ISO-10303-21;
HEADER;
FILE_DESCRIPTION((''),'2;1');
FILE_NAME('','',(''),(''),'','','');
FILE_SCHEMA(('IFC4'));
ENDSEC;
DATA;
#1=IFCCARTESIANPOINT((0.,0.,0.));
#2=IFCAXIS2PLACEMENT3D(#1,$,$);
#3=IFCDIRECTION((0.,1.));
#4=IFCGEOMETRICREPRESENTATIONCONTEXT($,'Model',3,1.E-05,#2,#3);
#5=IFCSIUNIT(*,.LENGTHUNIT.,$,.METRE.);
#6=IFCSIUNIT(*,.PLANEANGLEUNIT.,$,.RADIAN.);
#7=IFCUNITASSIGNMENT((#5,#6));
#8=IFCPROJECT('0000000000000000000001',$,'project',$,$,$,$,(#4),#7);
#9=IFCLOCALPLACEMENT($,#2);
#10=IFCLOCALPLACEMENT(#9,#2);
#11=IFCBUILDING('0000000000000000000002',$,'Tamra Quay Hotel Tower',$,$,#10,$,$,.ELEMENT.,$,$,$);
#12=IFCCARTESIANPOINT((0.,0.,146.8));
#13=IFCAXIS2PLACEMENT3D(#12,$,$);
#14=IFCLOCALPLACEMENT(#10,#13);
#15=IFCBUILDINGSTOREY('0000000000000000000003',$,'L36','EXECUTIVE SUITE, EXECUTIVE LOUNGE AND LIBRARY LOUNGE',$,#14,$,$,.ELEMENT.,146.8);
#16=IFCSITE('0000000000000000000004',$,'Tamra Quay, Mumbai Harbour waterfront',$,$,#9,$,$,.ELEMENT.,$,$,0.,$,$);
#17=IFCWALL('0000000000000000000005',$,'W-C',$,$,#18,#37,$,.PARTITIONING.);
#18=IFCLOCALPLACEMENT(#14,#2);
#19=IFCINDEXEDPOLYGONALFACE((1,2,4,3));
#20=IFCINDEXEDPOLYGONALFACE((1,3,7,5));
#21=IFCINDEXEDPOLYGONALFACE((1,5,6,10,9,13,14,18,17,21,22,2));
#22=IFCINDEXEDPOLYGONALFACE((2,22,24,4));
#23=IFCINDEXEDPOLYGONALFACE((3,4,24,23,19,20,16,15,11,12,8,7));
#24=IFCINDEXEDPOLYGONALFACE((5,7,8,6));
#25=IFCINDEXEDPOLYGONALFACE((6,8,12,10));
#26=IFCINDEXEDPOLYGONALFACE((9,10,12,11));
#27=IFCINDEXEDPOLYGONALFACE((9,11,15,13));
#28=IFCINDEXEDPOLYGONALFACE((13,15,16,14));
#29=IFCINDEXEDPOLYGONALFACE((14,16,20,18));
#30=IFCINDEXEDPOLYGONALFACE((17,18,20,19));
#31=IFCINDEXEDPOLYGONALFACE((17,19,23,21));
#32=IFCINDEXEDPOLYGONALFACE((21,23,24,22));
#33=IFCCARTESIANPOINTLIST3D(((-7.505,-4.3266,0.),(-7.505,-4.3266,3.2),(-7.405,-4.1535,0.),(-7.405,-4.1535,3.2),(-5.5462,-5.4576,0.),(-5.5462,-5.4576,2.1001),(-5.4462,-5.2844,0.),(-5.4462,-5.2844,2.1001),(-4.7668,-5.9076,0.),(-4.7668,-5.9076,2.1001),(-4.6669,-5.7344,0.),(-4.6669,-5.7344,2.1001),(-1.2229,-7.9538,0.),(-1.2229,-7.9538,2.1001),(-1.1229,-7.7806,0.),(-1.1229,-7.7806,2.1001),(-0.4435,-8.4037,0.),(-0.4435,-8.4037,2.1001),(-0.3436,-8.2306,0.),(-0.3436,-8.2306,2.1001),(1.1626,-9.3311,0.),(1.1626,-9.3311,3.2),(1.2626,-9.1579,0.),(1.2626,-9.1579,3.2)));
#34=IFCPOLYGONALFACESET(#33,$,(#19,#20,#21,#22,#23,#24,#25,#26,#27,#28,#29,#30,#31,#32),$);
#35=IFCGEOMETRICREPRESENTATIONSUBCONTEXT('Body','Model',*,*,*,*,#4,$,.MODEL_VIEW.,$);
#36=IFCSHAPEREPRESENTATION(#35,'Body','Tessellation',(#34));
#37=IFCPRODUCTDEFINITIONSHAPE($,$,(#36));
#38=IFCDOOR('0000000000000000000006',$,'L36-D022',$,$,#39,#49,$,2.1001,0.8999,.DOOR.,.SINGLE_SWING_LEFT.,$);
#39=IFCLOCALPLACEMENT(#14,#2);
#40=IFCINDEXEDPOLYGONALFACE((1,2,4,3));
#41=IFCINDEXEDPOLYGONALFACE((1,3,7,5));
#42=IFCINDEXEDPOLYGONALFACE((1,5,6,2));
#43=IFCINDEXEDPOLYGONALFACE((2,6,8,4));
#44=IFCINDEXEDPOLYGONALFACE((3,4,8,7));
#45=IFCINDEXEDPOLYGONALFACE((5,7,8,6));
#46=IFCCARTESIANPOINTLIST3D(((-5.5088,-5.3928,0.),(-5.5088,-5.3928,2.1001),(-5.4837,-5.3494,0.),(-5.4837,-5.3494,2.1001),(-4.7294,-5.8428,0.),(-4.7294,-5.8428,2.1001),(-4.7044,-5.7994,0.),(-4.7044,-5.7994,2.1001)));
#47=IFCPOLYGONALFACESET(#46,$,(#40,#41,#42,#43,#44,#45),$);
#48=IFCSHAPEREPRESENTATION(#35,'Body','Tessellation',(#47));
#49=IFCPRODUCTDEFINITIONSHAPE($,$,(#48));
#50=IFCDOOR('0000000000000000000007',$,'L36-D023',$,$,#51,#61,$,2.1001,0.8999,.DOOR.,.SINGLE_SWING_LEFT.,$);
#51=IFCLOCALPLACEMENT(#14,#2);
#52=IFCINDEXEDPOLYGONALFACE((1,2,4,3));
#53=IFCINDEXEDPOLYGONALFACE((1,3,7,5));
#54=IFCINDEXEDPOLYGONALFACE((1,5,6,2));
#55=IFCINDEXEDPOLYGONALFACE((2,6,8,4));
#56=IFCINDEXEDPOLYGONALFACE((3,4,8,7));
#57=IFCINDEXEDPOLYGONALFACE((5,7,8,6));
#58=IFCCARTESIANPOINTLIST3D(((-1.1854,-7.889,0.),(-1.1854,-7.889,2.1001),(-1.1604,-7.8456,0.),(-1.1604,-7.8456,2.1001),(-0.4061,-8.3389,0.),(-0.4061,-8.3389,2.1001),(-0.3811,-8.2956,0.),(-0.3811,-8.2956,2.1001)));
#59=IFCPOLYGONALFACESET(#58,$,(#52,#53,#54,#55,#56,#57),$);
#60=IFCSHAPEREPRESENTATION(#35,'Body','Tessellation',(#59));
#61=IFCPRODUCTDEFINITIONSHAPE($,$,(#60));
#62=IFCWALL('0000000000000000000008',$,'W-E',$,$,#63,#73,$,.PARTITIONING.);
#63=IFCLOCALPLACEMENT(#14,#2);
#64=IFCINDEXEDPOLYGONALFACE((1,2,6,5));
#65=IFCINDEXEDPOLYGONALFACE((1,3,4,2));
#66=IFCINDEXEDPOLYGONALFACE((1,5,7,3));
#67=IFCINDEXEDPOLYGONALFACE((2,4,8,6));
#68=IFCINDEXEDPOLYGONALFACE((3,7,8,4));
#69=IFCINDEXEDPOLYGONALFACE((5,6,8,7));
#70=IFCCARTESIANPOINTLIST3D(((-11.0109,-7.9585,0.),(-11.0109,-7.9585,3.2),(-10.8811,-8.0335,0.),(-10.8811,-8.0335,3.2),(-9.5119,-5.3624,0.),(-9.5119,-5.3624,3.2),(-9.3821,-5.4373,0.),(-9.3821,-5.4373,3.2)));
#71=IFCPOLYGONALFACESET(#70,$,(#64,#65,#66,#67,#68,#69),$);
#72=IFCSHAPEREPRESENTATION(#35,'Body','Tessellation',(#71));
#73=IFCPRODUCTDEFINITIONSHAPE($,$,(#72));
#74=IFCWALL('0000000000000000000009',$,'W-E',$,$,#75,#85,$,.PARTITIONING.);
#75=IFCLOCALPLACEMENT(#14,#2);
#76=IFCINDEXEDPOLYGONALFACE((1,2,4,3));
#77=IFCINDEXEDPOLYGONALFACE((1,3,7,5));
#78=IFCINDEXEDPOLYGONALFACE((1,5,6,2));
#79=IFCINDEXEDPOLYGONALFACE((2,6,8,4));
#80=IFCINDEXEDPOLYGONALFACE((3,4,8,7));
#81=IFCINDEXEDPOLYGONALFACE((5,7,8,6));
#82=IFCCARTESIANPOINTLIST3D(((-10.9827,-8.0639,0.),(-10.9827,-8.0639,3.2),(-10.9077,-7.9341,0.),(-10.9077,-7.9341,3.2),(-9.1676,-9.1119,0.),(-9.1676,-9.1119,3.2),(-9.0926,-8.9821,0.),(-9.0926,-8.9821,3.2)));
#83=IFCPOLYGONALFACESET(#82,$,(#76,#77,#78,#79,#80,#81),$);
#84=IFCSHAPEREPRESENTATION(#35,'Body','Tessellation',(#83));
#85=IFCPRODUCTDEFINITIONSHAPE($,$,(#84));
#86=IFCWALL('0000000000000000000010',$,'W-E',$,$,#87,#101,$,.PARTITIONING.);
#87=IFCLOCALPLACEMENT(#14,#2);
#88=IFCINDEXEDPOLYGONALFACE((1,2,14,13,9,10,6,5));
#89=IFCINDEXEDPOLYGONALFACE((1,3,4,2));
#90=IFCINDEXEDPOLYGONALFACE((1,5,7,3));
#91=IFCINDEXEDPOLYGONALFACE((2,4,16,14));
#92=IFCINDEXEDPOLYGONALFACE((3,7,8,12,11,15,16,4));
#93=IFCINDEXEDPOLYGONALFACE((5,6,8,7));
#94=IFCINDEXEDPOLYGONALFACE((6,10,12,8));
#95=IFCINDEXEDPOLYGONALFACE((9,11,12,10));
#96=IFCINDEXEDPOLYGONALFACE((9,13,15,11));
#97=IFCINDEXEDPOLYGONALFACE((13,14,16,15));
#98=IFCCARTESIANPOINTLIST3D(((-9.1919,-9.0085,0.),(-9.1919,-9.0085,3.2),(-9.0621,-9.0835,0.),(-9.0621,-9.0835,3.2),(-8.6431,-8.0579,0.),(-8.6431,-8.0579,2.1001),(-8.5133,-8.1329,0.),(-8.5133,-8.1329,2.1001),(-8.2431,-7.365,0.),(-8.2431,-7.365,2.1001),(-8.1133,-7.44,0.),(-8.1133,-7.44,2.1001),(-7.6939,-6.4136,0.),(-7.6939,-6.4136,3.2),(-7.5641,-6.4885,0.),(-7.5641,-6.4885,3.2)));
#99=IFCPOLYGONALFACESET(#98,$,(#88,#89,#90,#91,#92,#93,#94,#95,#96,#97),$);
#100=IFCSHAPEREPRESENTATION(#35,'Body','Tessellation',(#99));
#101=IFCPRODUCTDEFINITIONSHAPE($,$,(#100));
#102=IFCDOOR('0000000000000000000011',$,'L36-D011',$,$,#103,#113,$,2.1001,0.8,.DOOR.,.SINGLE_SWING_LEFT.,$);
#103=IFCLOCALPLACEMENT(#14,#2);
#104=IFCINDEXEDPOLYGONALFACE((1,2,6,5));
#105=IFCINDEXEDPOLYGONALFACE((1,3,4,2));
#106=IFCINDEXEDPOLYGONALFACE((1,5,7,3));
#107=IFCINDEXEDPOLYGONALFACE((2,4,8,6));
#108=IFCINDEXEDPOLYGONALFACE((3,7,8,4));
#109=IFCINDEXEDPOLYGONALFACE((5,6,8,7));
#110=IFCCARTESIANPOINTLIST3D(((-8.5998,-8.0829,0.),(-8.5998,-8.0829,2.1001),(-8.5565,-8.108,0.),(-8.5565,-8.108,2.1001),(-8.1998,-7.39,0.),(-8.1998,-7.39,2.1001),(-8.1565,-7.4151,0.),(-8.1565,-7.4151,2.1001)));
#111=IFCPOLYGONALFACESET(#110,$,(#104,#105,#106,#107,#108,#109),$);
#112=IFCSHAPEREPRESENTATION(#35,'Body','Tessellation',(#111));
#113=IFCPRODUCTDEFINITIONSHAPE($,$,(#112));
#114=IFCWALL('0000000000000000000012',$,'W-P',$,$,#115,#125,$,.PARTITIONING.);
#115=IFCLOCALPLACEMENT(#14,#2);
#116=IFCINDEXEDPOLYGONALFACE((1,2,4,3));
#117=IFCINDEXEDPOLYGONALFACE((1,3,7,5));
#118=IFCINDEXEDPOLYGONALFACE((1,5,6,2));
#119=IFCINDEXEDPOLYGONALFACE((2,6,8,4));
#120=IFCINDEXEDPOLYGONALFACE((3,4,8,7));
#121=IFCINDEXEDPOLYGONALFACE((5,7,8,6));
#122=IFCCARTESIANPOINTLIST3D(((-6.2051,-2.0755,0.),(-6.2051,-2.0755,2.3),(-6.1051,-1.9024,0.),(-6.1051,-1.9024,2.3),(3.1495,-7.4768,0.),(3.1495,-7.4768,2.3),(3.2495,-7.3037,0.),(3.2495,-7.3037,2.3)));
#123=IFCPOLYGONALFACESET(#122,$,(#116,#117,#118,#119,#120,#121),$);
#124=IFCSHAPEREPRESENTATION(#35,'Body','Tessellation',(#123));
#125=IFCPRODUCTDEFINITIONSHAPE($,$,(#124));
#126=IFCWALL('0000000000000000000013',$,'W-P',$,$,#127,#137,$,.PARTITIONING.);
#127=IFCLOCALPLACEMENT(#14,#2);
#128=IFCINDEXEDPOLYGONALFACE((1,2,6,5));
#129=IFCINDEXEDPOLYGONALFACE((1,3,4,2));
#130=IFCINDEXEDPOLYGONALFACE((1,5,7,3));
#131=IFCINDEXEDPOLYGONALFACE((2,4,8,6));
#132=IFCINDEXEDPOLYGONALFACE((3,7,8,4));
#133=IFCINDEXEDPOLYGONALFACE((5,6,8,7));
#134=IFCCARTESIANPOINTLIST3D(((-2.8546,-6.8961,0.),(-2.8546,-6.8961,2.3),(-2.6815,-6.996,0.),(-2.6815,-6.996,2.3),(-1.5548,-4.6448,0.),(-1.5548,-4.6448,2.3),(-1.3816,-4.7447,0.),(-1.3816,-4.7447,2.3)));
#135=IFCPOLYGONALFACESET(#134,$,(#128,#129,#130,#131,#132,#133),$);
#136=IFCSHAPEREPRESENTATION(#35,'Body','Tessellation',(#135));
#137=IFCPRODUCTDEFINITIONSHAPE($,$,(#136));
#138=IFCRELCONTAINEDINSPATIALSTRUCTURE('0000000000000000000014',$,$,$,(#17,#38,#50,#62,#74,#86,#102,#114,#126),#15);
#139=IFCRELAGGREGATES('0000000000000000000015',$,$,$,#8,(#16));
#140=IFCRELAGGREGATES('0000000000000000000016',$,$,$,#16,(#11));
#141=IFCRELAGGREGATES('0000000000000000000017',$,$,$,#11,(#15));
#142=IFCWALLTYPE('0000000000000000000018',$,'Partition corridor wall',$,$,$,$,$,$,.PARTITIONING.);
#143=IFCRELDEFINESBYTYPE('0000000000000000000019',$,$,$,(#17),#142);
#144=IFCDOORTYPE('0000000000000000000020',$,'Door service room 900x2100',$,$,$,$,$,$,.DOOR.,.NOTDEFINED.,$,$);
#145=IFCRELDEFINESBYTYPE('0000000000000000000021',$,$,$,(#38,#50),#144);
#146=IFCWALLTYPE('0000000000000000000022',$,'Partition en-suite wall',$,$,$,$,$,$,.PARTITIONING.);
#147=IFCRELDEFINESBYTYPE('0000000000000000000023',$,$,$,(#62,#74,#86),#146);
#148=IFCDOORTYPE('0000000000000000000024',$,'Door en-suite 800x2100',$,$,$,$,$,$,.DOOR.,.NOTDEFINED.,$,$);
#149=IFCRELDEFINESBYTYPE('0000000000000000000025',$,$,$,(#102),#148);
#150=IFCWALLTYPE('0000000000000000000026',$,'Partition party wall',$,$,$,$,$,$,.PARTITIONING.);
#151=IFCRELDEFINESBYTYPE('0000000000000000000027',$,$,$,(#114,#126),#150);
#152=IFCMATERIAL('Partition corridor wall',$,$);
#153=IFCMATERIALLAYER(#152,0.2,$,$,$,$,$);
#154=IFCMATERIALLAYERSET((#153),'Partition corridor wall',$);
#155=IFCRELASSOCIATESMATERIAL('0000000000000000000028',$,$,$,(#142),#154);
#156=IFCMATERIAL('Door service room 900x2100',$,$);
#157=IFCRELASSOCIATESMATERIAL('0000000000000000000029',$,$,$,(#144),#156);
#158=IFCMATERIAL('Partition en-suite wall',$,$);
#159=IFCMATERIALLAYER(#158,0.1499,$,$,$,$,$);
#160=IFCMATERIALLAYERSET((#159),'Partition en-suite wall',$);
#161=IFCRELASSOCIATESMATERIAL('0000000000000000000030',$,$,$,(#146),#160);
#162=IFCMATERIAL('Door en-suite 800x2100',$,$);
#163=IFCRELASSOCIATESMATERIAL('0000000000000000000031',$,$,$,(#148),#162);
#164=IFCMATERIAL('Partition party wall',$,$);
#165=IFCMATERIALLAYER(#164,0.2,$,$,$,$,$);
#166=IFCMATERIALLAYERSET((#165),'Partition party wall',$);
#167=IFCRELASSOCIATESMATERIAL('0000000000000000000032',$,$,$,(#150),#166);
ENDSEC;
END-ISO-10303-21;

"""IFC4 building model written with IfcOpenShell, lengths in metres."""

from ifc_helpers import new_model, si_unit, direction, frame, frame_2d, origin, place, context, subcontext, project, spatial, rectangle, extrude, material, layer, layer_set, type_object, element, fill, save


model = new_model("IFC4")

# Units and contexts
model_context = context("Model", 3, precision=1e-05, world=origin(), true_north=direction((0.0, 1.0)))
body_context = subcontext(model_context, "Body", "Model", "MODEL_VIEW")
ifc_project = project(units=[si_unit("LENGTHUNIT", "METRE"), si_unit("PLANEANGLEUNIT", "RADIAN")], contexts=[model_context])

# Site, building, storey
site_placement = place(None, origin())
site = spatial("IfcSite", under=ifc_project, at=site_placement, Name="Tamra Quay, Mumbai Harbour waterfront", CompositionType="ELEMENT", RefElevation=0.0)
building_placement = place(site_placement, origin())
building = spatial("IfcBuilding", under=site, at=building_placement, Name="Tamra Quay Hotel Tower", CompositionType="ELEMENT")
storey_placement = place(building_placement, frame((0.0, 0.0, 146.8)))
storey = spatial("IfcBuildingStorey", under=building, at=storey_placement, Name="L36", Description="EXECUTIVE SUITE, EXECUTIVE LOUNGE AND LIBRARY LOUNGE", CompositionType="ELEMENT", Elevation=146.8)

# Shared definitions
ifc_material_1 = material(Name="Partition corridor wall")
ifc_layer_1 = layer(ifc_material_1, 0.2)
ifc_layer_set_1 = layer_set([ifc_layer_1], Name="Partition corridor wall")
wall_type_1 = type_object("IfcWallType", Name="Partition corridor wall", PredefinedType="PARTITIONING", material=ifc_layer_set_1)

# Wall, openings, doors
wall_1_placement = place(storey_placement, frame((-7.4551, -4.24, 0.0), z_axis=(0.0, 0.0, 1.0), x_axis=(0.866016, -0.500017, 0.0)))
wall_1 = element("IfcWall", 1, at=wall_1_placement, inside=storey, type_object=wall_type_1, Name="W-C", PredefinedType="PARTITIONING", context=body_context, shape_type="SweptSolid", body=[
    extrude(rectangle(XDim=10.0085, YDim=0.2, at=frame_2d((5.0044, 0.0))), origin(), (0.0, 0.0, 1.0), 3.2),
])
opening_1_placement = place(wall_1_placement, frame((2.262, 0.0, 0.0)))
opening_1 = element("IfcOpeningElement", 2, at=opening_1_placement, cuts=wall_1, PredefinedType="OPENING", context=body_context, shape_type="SweptSolid", body=[
    extrude(rectangle(XDim=0.8999, YDim=2.1001, at=frame_2d((0.45, 1.05))), frame((0.0, 0.1099, 0.0), z_axis=(0.0, -1.0, 0.0), x_axis=(1.0, 0.0, 0.0)), (0.0, 0.0, 1.0), 0.22),
])
opening_2_placement = place(wall_1_placement, frame((7.2542, 0.0, 0.0)))
opening_2 = element("IfcOpeningElement", 3, at=opening_2_placement, cuts=wall_1, PredefinedType="OPENING", context=body_context, shape_type="SweptSolid", body=[
    extrude(rectangle(XDim=0.8999, YDim=2.1001, at=frame_2d((0.45, 1.05))), frame((0.0, 0.1099, 0.0), z_axis=(0.0, -1.0, 0.0), x_axis=(1.0, 0.0, 0.0)), (0.0, 0.0, 1.0), 0.22),
])
ifc_material_2 = material(Name="Door service room 900x2100")
door_type_1 = type_object("IfcDoorType", Name="Door service room 900x2100", OperationType="NOTDEFINED", PredefinedType="DOOR", material=ifc_material_2)
door_1_placement = place(opening_1_placement, origin())
door_1 = element("IfcDoor", 4, at=door_1_placement, inside=storey, type_object=door_type_1, Name="L36-D022", OperationType="SINGLE_SWING_LEFT", OverallHeight=2.1001, OverallWidth=0.8999, PredefinedType="DOOR", context=body_context, shape_type="SweptSolid", body=[
    extrude(rectangle(XDim=0.8999, YDim=2.1001, at=frame_2d((0.45, 1.05))), frame((0.0, 0.0249, 0.0), z_axis=(0.0, -1.0, 0.0), x_axis=(1.0, 0.0, 0.0)), (0.0, 0.0, 1.0), 0.05),
])
fill(opening_1, door_1)
door_2_placement = place(opening_2_placement, origin())
door_2 = element("IfcDoor", 5, at=door_2_placement, inside=storey, type_object=door_type_1, Name="L36-D023", OperationType="SINGLE_SWING_LEFT", OverallHeight=2.1001, OverallWidth=0.8999, PredefinedType="DOOR", context=body_context, shape_type="SweptSolid", body=[
    extrude(rectangle(XDim=0.8999, YDim=2.1001, at=frame_2d((0.45, 1.05))), frame((0.0, 0.0249, 0.0), z_axis=(0.0, -1.0, 0.0), x_axis=(1.0, 0.0, 0.0)), (0.0, 0.0, 1.0), 0.05),
])
fill(opening_2, door_2)

# Walls
ifc_material_3 = material(Name="Partition en-suite wall")
ifc_layer_2 = layer(ifc_material_3, 0.1499)
ifc_layer_set_2 = layer_set([ifc_layer_2], Name="Partition en-suite wall")
wall_type_2 = type_object("IfcWallType", Name="Partition en-suite wall", PredefinedType="PARTITIONING", material=ifc_layer_set_2)
wall_2_placement = place(storey_placement, frame((-10.946, -7.9961, 0.0), z_axis=(0.0, 0.0, 1.0), x_axis=(0.500028, 0.866009, 0.0)))
element("IfcWall", 6, at=wall_2_placement, inside=storey, type_object=wall_type_2, Name="W-E", PredefinedType="PARTITIONING", context=body_context, shape_type="SweptSolid", body=[
    extrude(rectangle(XDim=2.9978, YDim=0.1499, at=frame_2d((1.499, 0.0))), origin(), (0.0, 0.0, 1.0), 3.2),
])
wall_3_placement = place(storey_placement, frame((-10.9451, -7.999, 0.0), z_axis=(0.0, 0.0, 1.0), x_axis=(0.866005, -0.500035, 0.0)))
element("IfcWall", 7, at=wall_3_placement, inside=storey, type_object=wall_type_2, Name="W-E", PredefinedType="PARTITIONING", context=body_context, shape_type="SweptSolid", body=[
    extrude(rectangle(XDim=2.0959, YDim=0.1499, at=frame_2d((1.0479, 0.0))), origin(), (0.0, 0.0, 1.0), 3.2),
])

# Wall, opening, door
wall_4_placement = place(storey_placement, frame((-9.127, -9.0459, 0.0), z_axis=(0.0, 0.0, 1.0), x_axis=(0.49996, 0.866049, 0.0)))
wall_4 = element("IfcWall", 8, at=wall_4_placement, inside=storey, type_object=wall_type_2, Name="W-E", PredefinedType="PARTITIONING", context=body_context, shape_type="SweptSolid", body=[
    extrude(rectangle(XDim=2.9963, YDim=0.1499, at=frame_2d((1.498, 0.0))), origin(), (0.0, 0.0, 1.0), 3.2),
])
opening_3_placement = place(wall_4_placement, frame((1.0977, 0.0, 0.0)))
opening_3 = element("IfcOpeningElement", 9, at=opening_3_placement, cuts=wall_4, PredefinedType="OPENING", context=body_context, shape_type="SweptSolid", body=[
    extrude(rectangle(XDim=0.8, YDim=2.1001, at=frame_2d((0.3999, 1.05))), frame((0.0, 0.085, 0.0), z_axis=(0.0, -1.0, 0.0), x_axis=(1.0, 0.0, 0.0)), (0.0, 0.0, 1.0), 0.1699),
])
ifc_material_4 = material(Name="Door en-suite 800x2100")
door_type_2 = type_object("IfcDoorType", Name="Door en-suite 800x2100", OperationType="NOTDEFINED", PredefinedType="DOOR", material=ifc_material_4)
door_3_placement = place(opening_3_placement, origin())
door_3 = element("IfcDoor", 10, at=door_3_placement, inside=storey, type_object=door_type_2, Name="L36-D011", OperationType="SINGLE_SWING_LEFT", OverallHeight=2.1001, OverallWidth=0.8, PredefinedType="DOOR", context=body_context, shape_type="SweptSolid", body=[
    extrude(rectangle(XDim=0.8, YDim=2.1001, at=frame_2d((0.3999, 1.05))), frame((0.0, 0.0249, 0.0), z_axis=(0.0, -1.0, 0.0), x_axis=(1.0, 0.0, 0.0)), (0.0, 0.0, 1.0), 0.05),
])
fill(opening_3, door_3)

# Walls
ifc_material_5 = material(Name="Partition party wall")
ifc_layer_3 = layer(ifc_material_5, 0.2)
ifc_layer_set_3 = layer_set([ifc_layer_3], Name="Partition party wall")
wall_type_3 = type_object("IfcWallType", Name="Partition party wall", PredefinedType="PARTITIONING", material=ifc_layer_set_3)
wall_5_placement = place(storey_placement, frame((-6.155, -1.989, 0.0), z_axis=(0.0, 0.0, 1.0), x_axis=(0.866009, -0.500028, 0.0)))
element("IfcWall", 11, at=wall_5_placement, inside=storey, type_object=wall_type_3, Name="W-P", PredefinedType="PARTITIONING", context=body_context, shape_type="SweptSolid", body=[
    extrude(rectangle(XDim=10.802, YDim=0.2, at=frame_2d((5.4009, 0.0))), origin(), (0.0, 0.0, 1.0), 2.3),
])
wall_6_placement = place(storey_placement, frame((-2.7681, -6.946, 0.0), z_axis=(0.0, 0.0, 1.0), x_axis=(0.500018, 0.866015, 0.0)))
element("IfcWall", 12, at=wall_6_placement, inside=storey, type_object=wall_type_3, Name="W-P", PredefinedType="PARTITIONING", context=body_context, shape_type="SweptSolid", body=[
    extrude(rectangle(XDim=2.5996, YDim=0.2, at=frame_2d((1.2998, 0.0))), origin(), (0.0, 0.0, 1.0), 2.3),
])

save(model, "model.ifc")
